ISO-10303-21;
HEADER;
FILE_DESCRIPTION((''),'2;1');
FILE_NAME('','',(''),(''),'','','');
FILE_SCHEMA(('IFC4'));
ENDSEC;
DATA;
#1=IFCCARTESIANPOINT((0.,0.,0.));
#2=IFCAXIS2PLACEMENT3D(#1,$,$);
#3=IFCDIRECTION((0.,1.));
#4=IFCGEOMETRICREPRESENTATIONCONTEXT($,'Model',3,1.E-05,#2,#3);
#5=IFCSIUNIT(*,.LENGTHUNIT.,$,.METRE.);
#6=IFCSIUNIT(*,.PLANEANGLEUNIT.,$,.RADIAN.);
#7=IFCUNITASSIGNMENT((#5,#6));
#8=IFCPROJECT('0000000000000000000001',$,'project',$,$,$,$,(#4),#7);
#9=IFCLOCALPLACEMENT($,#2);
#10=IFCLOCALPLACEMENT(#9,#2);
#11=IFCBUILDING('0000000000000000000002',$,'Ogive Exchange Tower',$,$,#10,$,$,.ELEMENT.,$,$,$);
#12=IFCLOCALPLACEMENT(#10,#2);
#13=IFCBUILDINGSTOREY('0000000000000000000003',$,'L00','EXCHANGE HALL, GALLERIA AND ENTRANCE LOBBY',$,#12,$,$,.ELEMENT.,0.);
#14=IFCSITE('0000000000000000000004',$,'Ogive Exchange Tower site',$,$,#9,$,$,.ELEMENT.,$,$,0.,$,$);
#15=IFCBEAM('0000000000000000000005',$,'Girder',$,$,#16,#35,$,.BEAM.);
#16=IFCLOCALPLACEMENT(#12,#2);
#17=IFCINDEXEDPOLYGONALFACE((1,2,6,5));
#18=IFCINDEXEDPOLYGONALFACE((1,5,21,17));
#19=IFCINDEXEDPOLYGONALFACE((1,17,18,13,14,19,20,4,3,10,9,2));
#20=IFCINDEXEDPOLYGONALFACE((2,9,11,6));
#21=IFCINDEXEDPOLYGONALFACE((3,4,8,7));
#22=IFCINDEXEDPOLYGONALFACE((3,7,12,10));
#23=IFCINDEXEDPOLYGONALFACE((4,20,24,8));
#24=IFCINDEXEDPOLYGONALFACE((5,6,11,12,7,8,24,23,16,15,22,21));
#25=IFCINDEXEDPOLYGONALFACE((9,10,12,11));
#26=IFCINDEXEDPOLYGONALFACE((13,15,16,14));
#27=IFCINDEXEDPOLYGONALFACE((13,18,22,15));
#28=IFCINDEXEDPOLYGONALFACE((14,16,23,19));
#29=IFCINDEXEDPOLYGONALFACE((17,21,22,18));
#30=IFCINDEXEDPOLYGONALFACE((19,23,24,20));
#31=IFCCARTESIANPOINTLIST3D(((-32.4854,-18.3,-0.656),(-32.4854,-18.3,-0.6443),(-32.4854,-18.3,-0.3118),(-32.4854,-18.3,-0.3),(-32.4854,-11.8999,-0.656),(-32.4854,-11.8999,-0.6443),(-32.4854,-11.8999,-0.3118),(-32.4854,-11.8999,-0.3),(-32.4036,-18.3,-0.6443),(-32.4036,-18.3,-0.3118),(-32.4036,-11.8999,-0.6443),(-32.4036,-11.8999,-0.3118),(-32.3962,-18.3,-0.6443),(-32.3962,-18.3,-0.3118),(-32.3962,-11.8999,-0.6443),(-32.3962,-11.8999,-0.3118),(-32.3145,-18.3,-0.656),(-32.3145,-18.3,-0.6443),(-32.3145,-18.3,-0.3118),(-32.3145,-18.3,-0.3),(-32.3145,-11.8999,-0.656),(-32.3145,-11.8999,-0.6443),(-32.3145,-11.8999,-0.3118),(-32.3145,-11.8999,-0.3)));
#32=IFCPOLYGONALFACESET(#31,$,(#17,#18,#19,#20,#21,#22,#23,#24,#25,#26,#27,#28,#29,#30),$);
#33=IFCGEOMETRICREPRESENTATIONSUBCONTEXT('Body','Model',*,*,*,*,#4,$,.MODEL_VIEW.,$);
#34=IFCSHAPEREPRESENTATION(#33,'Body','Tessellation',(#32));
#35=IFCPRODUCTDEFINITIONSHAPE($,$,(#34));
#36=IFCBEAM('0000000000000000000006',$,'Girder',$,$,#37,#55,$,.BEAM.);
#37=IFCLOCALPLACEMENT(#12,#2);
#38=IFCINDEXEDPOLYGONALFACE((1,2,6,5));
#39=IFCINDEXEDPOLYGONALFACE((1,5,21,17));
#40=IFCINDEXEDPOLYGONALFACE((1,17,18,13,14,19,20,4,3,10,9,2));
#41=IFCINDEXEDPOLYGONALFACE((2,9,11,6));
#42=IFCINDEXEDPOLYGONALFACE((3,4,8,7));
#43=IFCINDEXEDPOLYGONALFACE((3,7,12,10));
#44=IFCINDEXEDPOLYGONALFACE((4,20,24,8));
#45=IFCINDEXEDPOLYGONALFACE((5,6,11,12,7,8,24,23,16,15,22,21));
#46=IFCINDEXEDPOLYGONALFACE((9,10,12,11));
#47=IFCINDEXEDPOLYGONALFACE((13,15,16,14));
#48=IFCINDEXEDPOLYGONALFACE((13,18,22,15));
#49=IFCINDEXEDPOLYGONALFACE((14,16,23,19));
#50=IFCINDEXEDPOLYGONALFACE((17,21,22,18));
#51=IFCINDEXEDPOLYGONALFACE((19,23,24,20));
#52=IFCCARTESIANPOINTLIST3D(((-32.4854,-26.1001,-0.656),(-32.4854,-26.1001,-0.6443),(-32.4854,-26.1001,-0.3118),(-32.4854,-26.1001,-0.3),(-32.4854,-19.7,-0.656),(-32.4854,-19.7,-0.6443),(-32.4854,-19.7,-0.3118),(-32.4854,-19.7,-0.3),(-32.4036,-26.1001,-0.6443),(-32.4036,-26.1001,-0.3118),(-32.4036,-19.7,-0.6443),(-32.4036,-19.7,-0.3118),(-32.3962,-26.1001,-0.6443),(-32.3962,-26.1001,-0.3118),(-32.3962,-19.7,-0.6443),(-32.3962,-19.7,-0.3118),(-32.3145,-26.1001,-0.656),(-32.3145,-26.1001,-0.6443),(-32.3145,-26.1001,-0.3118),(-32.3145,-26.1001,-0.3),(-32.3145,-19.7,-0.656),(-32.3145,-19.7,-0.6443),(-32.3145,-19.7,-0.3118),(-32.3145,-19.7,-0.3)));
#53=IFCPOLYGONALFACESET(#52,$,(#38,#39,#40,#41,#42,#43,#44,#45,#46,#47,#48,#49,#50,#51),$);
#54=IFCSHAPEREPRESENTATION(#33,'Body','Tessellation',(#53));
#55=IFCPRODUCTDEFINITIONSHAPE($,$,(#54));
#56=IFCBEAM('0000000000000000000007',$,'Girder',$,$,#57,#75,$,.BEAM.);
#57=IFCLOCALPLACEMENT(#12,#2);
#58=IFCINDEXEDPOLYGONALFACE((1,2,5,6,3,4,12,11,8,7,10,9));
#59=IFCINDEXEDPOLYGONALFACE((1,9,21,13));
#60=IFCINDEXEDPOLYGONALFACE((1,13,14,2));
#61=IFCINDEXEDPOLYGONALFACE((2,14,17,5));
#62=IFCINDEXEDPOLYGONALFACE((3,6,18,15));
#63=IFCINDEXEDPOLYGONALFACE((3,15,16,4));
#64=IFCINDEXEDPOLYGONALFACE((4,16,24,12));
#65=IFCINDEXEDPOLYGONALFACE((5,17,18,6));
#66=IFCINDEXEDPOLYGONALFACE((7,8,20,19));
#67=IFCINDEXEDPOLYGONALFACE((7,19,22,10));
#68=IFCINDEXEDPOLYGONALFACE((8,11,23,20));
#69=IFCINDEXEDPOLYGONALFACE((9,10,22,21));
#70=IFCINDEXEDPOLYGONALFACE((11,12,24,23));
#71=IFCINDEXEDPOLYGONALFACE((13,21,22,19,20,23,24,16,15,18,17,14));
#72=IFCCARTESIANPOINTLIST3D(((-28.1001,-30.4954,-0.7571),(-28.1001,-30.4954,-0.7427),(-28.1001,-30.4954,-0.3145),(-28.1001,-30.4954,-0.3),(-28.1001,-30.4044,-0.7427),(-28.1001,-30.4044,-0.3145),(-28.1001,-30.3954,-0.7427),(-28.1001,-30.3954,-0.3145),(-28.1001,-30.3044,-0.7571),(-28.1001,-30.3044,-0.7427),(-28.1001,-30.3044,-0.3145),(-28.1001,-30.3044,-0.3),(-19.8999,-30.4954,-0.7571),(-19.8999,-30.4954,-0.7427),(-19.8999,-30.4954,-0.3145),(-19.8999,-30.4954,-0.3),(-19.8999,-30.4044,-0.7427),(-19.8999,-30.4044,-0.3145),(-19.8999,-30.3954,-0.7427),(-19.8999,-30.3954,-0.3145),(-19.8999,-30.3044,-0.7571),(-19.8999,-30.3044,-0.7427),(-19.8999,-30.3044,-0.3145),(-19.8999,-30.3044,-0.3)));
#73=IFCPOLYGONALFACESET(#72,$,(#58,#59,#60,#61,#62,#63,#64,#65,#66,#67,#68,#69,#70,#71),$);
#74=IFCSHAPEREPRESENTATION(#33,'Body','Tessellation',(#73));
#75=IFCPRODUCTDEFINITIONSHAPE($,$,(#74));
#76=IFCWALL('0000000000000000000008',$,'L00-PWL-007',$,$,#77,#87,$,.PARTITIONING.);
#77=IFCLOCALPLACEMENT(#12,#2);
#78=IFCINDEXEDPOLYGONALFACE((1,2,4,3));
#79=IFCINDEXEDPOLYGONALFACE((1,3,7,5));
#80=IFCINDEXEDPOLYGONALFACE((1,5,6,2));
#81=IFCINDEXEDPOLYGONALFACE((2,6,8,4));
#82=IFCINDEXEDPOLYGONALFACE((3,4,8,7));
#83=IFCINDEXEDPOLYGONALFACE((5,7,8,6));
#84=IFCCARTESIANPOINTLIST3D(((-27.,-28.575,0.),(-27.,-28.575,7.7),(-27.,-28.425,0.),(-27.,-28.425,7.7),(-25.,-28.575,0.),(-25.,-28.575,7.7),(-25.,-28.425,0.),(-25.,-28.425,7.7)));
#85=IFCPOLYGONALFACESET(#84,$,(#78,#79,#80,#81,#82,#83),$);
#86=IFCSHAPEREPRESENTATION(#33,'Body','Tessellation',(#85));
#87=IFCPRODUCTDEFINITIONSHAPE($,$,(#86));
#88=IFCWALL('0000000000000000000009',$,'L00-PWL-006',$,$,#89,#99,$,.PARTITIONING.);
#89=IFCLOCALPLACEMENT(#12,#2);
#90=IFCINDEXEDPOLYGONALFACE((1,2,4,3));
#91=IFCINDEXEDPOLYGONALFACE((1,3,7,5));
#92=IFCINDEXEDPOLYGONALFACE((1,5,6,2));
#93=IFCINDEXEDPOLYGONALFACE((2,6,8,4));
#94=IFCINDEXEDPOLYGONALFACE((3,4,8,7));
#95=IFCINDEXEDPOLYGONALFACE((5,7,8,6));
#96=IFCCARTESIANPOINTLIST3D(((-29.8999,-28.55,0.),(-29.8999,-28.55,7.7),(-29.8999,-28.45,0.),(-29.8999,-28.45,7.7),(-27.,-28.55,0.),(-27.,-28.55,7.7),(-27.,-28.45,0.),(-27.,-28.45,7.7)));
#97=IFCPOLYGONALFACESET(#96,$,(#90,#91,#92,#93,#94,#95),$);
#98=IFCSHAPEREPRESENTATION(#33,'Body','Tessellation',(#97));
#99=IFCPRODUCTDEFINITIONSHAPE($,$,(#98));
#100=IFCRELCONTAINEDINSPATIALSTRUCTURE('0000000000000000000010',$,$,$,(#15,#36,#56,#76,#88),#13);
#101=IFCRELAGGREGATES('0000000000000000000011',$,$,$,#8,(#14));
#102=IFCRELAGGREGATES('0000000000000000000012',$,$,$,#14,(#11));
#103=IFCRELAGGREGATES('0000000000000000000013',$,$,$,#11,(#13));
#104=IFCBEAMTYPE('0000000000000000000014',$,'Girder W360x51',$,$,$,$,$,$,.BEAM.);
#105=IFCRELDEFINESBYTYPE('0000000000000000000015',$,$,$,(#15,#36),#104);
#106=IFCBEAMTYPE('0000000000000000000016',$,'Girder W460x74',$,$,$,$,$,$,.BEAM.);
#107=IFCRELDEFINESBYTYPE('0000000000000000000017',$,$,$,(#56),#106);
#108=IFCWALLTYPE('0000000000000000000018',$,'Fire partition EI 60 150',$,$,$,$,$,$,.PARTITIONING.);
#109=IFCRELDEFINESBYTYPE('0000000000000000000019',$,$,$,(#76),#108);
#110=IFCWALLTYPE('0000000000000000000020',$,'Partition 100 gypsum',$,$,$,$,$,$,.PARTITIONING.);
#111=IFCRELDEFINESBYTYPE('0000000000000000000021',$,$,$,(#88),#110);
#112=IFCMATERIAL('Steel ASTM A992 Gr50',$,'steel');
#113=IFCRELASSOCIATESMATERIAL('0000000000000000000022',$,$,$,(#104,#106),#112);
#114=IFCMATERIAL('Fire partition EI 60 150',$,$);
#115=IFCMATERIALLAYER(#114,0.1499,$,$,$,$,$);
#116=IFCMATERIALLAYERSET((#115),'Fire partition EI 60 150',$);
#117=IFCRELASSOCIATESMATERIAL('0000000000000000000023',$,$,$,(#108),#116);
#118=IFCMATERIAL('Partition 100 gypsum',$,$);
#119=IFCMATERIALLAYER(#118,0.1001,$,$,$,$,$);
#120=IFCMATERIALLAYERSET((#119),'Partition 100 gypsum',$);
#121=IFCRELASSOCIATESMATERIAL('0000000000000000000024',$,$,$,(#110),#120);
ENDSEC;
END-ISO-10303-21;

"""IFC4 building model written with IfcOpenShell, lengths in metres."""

from ifc_helpers import new_model, si_unit, direction, frame, frame_2d, origin, origin_2d, place, context, subcontext, project, spatial, rectangle, i_section, extrude, material, layer, layer_set, material_profile, profile_set, type_object, element, save


model = new_model("IFC4")

# Units and contexts
model_context = context("Model", 3, precision=1e-05, world=origin(), true_north=direction((0.0, 1.0)))
body_context = subcontext(model_context, "Body", "Model", "MODEL_VIEW")
ifc_project = project(units=[si_unit("LENGTHUNIT", "METRE"), si_unit("PLANEANGLEUNIT", "RADIAN")], contexts=[model_context])

# Site, building, storey
site_placement = place(None, origin())
site = spatial("IfcSite", under=ifc_project, at=site_placement, Name="Ogive Exchange Tower site", CompositionType="ELEMENT", RefElevation=0.0)
building_placement = place(site_placement, origin())
building = spatial("IfcBuilding", under=site, at=building_placement, Name="Ogive Exchange Tower", CompositionType="ELEMENT")
storey_placement = place(building_placement, origin())
storey = spatial("IfcBuildingStorey", under=building, at=storey_placement, Name="L00", Description="EXCHANGE HALL, GALLERIA AND ENTRANCE LOBBY", CompositionType="ELEMENT", Elevation=0.0)

# Beams
ifc_material_1 = material(Name="Steel ASTM A992 Gr50", Category="steel")
ifc_material_profile_1 = material_profile(ifc_material_1, i_section(OverallWidth=0.1709, OverallDepth=0.356, WebThickness=0.0073, FlangeThickness=0.0117, at=origin_2d()), Name="W360x51")
ifc_profile_set_1 = profile_set([ifc_material_profile_1], Name="Steel ASTM A992 Gr50")
beam_type_1 = type_object("IfcBeamType", Name="Girder W360x51", PredefinedType="BEAM", material=ifc_profile_set_1)
for number, where, z_axis, x_axis, name in (
    (1, (-32.3999, -11.8999, -0.478), (0.0, -1.0, 0.0), (1.0, 0.0, 0.0), "Girder"),
    (2, (-32.3999, -19.7, -0.478), (0.0, -1.0, 0.0), (1.0, 0.0, 0.0), "Girder"),
):
    element("IfcBeam", number, at=place(storey_placement, frame(where, z_axis=z_axis, x_axis=x_axis)), inside=storey, type_object=beam_type_1, Name=name, PredefinedType="BEAM", context=body_context, shape_type="SweptSolid", body=[
        extrude(i_section(OverallWidth=0.1709, OverallDepth=0.356, WebThickness=0.0073, FlangeThickness=0.0117, at=origin_2d()), origin(), (0.0, 0.0, 1.0), 6.4001),
    ])
ifc_material_profile_2 = material_profile(ifc_material_1, i_section(OverallWidth=0.1909, OverallDepth=0.457, WebThickness=0.009, FlangeThickness=0.0144, at=origin_2d()), Name="W460x74")
ifc_profile_set_2 = profile_set([ifc_material_profile_2], Name="Steel ASTM A992 Gr50")
beam_type_2 = type_object("IfcBeamType", Name="Girder W460x74", PredefinedType="BEAM", material=ifc_profile_set_2)
beam_1_placement = place(storey_placement, frame((-28.1001, -30.3999, -0.5286), z_axis=(1.0, 0.0, 0.0), x_axis=(0.0, 1.0, 0.0)))
element("IfcBeam", 3, at=beam_1_placement, inside=storey, type_object=beam_type_2, Name="Girder", PredefinedType="BEAM", context=body_context, shape_type="SweptSolid", body=[
    extrude(i_section(OverallWidth=0.1909, OverallDepth=0.457, WebThickness=0.009, FlangeThickness=0.0144, at=origin_2d()), origin(), (0.0, 0.0, 1.0), 8.2002),
])

# Walls
ifc_material_2 = material(Name="Fire partition EI 60 150")
ifc_layer_1 = layer(ifc_material_2, 0.1499)
ifc_layer_set_1 = layer_set([ifc_layer_1], Name="Fire partition EI 60 150")
wall_type_1 = type_object("IfcWallType", Name="Fire partition EI 60 150", PredefinedType="PARTITIONING", material=ifc_layer_set_1)
wall_1_placement = place(storey_placement, frame((-27.0, -28.5, 0.0), z_axis=(0.0, 0.0, 1.0), x_axis=(1.0, 0.0, 0.0)))
element("IfcWall", 4, at=wall_1_placement, inside=storey, type_object=wall_type_1, Name="L00-PWL-007", PredefinedType="PARTITIONING", context=body_context, shape_type="SweptSolid", body=[
    extrude(rectangle(XDim=2.0, YDim=0.1499, at=frame_2d((1.0, 0.0))), origin(), (0.0, 0.0, 1.0), 7.7),
])
ifc_material_3 = material(Name="Partition 100 gypsum")
ifc_layer_2 = layer(ifc_material_3, 0.1001)
ifc_layer_set_2 = layer_set([ifc_layer_2], Name="Partition 100 gypsum")
wall_type_2 = type_object("IfcWallType", Name="Partition 100 gypsum", PredefinedType="PARTITIONING", material=ifc_layer_set_2)
wall_2_placement = place(storey_placement, frame((-29.8999, -28.5, 0.0), z_axis=(0.0, 0.0, 1.0), x_axis=(1.0, 0.0, 0.0)))
element("IfcWall", 5, at=wall_2_placement, inside=storey, type_object=wall_type_2, Name="L00-PWL-006", PredefinedType="PARTITIONING", context=body_context, shape_type="SweptSolid", body=[
    extrude(rectangle(XDim=2.8999, YDim=0.1001, at=frame_2d((1.45, 0.0))), origin(), (0.0, 0.0, 1.0), 7.7),
])

save(model, "model.ifc")
